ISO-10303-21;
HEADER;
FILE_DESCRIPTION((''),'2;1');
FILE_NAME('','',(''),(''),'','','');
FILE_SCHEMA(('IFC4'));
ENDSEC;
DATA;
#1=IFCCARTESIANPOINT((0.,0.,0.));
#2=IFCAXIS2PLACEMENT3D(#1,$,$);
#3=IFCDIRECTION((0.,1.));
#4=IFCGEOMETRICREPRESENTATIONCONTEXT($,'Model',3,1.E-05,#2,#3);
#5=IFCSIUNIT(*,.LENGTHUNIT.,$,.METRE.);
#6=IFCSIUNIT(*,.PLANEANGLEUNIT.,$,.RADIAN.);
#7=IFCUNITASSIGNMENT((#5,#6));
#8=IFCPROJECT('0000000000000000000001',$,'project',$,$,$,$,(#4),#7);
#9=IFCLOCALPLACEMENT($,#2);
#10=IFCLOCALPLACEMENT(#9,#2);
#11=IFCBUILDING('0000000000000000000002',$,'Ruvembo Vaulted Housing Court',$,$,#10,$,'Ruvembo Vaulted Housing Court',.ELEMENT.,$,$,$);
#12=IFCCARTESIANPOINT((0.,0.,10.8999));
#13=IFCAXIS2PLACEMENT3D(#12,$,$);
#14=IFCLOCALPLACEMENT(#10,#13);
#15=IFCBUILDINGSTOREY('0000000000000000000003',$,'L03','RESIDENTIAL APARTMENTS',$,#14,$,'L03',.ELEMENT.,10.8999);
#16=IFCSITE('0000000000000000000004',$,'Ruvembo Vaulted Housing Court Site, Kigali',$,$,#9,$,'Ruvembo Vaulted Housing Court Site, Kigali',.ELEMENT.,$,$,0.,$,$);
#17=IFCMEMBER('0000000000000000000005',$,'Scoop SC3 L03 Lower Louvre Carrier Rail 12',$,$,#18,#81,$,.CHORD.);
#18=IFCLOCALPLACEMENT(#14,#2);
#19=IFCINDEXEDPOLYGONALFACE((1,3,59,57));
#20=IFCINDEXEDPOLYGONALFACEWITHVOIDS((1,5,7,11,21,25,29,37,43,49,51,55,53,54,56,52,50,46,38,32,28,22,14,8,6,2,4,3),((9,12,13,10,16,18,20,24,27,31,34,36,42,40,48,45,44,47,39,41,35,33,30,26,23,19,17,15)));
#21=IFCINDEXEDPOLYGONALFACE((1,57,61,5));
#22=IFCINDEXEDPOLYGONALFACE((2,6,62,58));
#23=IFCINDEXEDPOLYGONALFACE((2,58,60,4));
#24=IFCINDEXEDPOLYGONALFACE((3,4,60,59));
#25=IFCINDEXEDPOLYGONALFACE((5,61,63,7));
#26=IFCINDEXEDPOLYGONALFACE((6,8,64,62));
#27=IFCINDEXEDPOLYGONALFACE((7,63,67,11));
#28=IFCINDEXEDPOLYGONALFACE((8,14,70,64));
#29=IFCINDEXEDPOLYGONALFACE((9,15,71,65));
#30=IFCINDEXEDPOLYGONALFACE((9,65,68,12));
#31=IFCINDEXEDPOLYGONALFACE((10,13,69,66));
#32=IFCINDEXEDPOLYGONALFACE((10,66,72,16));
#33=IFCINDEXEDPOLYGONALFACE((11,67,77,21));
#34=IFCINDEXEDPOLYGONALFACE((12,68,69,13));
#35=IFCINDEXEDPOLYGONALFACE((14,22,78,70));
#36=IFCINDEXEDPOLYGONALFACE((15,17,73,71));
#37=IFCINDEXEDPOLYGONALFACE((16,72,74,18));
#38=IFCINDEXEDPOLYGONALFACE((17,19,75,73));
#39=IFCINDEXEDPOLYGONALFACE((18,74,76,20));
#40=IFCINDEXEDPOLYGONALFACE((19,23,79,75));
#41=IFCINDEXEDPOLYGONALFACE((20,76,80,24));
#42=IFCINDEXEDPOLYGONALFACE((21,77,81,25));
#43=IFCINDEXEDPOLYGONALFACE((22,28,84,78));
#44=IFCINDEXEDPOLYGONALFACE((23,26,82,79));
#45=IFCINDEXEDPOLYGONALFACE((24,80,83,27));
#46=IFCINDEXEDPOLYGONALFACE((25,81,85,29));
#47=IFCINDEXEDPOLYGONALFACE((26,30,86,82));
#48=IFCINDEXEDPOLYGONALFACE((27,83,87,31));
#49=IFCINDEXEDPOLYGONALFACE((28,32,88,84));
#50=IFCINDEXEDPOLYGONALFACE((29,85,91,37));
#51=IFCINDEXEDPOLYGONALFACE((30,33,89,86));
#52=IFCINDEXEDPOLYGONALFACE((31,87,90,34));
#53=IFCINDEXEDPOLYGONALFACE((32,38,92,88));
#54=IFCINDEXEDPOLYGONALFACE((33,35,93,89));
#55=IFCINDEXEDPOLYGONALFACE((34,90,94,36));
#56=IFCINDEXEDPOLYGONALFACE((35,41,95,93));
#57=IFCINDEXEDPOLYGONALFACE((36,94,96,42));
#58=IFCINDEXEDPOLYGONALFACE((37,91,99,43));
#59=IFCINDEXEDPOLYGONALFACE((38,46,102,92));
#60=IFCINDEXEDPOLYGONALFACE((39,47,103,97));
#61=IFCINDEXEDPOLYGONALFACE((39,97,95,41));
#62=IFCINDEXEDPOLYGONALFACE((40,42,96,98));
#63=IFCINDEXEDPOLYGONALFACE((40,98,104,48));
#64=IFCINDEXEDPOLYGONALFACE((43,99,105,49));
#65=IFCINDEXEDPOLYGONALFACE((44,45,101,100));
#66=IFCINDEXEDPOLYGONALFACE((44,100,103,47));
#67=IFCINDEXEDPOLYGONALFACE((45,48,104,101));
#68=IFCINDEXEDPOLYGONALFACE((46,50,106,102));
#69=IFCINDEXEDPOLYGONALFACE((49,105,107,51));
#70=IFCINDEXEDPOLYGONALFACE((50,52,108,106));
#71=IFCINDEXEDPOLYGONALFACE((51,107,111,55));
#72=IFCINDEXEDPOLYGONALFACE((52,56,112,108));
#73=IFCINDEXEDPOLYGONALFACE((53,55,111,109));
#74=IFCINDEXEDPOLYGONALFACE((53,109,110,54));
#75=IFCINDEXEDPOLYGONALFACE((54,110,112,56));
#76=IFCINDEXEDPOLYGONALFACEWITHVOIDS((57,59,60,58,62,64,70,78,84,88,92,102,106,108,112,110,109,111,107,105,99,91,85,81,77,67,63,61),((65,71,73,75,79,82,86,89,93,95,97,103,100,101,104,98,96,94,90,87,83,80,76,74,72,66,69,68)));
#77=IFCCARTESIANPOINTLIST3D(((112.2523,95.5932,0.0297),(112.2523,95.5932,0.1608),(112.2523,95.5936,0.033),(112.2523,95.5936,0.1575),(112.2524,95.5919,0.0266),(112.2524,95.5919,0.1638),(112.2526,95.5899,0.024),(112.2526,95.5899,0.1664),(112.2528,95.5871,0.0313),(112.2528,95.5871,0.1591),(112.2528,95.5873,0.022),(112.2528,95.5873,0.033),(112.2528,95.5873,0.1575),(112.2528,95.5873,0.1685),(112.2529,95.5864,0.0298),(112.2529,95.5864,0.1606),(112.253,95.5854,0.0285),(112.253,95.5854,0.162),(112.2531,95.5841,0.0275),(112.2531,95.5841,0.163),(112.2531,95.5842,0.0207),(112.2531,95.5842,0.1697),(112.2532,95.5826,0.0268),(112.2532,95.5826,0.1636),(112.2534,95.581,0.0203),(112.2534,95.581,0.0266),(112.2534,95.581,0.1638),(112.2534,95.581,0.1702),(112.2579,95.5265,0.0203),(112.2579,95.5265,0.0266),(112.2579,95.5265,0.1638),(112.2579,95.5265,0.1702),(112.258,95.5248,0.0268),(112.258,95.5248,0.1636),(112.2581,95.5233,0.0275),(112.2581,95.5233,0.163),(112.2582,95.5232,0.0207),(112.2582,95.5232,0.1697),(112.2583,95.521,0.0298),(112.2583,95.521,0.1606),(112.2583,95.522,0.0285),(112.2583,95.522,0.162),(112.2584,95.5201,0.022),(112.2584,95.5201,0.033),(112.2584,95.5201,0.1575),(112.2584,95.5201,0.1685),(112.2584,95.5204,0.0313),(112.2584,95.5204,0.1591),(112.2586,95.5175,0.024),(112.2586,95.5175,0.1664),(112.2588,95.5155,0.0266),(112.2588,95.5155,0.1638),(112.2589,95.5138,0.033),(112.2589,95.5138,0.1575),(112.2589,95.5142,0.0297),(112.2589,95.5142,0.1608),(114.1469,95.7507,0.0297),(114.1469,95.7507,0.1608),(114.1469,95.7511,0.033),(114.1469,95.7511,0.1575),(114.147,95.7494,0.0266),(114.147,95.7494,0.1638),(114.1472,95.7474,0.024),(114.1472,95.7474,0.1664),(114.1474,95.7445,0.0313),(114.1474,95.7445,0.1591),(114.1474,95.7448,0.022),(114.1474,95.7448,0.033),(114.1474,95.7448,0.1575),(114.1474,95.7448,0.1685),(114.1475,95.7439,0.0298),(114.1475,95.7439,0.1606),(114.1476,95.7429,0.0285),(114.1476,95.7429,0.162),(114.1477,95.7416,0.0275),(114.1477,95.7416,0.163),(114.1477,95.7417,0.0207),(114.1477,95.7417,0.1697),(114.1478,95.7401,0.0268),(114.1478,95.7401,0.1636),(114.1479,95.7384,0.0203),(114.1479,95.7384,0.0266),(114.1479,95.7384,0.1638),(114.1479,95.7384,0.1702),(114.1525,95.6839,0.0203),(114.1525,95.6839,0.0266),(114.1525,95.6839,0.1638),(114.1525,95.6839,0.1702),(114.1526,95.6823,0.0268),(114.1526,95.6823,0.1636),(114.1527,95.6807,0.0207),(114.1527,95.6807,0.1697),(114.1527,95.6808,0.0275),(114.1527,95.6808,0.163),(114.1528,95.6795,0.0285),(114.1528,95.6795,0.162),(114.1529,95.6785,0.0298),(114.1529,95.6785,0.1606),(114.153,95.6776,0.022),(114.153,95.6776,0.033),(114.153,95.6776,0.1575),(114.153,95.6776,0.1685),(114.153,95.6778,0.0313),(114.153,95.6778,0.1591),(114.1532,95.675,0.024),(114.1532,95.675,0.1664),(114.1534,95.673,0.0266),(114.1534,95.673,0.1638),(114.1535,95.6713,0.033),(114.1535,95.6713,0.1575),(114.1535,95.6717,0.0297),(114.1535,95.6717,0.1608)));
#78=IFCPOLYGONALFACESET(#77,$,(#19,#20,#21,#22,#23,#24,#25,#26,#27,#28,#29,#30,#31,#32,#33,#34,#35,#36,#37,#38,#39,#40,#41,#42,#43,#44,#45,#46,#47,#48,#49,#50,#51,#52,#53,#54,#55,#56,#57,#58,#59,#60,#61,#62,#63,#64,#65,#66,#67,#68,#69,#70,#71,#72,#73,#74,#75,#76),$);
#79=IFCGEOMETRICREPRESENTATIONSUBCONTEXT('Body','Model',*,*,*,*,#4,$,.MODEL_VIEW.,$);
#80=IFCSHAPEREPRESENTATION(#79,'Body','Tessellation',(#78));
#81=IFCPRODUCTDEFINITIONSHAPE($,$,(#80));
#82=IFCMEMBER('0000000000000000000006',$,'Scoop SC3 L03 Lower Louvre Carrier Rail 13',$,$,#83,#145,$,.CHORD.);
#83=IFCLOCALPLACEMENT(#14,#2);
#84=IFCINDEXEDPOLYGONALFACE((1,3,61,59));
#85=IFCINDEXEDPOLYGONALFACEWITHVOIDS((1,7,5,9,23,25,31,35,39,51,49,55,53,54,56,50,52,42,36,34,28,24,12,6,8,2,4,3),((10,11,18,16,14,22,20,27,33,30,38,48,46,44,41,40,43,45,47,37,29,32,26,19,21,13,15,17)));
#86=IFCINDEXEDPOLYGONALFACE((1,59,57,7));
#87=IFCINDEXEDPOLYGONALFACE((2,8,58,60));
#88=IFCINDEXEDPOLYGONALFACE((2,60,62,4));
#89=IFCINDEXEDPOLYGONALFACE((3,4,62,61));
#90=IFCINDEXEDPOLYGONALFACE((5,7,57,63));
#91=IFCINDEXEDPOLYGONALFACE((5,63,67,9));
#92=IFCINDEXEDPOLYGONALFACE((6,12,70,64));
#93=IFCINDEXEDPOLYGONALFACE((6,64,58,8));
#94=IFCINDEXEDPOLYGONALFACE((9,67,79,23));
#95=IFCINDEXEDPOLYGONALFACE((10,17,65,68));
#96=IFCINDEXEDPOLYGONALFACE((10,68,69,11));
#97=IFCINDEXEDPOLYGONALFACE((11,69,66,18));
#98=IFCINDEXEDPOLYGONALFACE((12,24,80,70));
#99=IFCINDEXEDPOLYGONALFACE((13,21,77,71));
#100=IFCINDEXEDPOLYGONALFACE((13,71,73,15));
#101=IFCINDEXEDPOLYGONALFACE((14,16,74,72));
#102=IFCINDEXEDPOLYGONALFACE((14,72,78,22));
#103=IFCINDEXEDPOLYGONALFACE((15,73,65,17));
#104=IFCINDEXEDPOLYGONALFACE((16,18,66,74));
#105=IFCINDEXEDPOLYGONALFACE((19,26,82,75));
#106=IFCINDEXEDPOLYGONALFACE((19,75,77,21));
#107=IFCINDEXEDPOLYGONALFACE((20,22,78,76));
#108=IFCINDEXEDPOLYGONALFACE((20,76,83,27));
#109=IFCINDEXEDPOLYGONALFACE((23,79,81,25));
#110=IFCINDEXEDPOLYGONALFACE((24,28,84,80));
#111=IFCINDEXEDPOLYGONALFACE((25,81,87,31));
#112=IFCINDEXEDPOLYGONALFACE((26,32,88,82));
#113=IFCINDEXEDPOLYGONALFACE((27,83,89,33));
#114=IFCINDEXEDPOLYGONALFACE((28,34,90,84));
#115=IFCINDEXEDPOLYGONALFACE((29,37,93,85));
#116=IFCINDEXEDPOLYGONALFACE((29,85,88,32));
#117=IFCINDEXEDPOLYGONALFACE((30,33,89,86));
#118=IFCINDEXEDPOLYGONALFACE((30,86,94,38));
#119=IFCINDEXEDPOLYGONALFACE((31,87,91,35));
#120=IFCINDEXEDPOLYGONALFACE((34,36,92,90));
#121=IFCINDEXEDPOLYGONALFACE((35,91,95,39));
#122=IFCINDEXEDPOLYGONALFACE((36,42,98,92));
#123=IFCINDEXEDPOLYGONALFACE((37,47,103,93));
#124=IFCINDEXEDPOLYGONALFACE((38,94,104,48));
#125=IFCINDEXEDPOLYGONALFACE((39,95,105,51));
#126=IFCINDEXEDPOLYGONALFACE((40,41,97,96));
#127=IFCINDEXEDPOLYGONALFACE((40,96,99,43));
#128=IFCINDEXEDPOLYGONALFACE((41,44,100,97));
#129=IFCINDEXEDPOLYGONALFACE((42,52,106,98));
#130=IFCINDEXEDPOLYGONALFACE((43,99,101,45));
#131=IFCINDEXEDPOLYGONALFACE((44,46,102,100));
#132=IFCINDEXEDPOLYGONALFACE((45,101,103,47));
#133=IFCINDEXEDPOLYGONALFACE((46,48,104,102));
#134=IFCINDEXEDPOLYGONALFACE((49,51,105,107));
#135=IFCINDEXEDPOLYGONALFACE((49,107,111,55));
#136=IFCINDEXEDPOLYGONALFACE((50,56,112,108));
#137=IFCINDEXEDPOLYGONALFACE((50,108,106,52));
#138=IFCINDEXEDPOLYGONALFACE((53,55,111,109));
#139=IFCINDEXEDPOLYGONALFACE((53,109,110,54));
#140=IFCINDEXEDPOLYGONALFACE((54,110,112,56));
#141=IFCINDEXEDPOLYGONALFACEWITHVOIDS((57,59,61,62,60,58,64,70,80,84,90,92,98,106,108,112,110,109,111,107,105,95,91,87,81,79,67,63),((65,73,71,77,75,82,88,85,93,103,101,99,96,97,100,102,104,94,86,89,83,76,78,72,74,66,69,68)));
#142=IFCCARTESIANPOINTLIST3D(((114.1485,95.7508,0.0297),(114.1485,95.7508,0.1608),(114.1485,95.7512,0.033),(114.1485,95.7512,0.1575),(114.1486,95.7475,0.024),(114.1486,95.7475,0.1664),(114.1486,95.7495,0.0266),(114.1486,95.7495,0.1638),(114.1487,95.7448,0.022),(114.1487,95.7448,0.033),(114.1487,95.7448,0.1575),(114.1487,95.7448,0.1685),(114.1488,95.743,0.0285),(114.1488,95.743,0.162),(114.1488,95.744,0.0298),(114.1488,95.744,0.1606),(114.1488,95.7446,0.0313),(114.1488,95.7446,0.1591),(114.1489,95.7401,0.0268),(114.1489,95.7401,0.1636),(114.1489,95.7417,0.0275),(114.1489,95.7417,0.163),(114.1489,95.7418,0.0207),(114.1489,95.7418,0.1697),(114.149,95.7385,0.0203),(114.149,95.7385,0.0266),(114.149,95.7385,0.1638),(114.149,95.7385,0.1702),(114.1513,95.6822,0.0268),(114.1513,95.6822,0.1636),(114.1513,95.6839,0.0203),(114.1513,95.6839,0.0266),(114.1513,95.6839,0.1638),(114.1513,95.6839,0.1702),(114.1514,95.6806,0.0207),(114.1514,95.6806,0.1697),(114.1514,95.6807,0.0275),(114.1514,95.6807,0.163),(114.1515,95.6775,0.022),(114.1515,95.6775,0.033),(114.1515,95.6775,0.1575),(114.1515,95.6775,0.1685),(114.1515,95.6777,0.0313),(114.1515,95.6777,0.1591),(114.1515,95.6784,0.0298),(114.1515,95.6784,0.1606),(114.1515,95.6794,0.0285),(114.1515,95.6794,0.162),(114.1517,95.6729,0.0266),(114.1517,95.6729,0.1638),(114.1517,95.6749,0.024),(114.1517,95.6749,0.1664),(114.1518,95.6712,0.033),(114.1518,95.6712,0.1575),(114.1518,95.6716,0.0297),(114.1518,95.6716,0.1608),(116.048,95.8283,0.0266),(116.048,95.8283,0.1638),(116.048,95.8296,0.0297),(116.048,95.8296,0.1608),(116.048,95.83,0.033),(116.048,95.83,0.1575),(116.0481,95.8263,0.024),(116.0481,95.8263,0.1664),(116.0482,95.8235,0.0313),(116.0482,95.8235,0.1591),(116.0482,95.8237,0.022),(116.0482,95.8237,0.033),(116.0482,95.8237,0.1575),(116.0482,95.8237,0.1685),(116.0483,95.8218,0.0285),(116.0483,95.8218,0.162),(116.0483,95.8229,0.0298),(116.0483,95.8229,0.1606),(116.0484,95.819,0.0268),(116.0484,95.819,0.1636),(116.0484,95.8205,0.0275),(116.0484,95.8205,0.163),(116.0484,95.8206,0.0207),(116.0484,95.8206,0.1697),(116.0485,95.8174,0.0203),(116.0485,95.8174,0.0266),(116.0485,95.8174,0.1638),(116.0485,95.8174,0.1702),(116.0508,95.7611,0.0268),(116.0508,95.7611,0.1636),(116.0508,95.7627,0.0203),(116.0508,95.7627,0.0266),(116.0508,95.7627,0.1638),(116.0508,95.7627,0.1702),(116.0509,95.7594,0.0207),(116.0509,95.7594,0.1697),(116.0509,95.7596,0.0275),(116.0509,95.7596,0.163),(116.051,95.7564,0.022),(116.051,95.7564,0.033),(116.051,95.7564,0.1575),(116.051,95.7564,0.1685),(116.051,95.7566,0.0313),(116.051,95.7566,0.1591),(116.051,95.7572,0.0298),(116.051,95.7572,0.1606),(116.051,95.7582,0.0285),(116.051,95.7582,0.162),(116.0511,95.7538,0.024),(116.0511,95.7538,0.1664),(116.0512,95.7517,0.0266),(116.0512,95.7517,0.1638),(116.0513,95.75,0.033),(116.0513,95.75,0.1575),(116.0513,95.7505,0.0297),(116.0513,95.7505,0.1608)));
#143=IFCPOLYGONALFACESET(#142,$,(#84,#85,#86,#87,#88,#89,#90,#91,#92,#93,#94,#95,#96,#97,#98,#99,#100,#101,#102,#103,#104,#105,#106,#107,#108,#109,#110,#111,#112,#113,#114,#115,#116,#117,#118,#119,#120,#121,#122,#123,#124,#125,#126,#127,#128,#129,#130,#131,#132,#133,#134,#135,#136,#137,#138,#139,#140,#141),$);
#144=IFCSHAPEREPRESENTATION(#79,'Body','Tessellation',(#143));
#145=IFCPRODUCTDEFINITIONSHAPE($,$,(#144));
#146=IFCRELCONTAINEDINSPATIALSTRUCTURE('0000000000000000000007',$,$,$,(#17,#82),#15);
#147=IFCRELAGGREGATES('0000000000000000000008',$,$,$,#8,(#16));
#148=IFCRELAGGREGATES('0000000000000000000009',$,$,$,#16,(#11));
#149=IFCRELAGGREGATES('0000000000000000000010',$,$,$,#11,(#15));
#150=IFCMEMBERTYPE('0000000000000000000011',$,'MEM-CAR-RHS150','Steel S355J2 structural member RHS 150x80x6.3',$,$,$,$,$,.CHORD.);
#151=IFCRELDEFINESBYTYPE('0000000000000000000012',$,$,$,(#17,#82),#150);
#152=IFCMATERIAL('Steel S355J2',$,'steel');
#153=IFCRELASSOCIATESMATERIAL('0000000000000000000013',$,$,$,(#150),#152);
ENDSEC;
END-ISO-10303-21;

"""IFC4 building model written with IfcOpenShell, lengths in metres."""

from ifc_helpers import new_model, si_unit, direction, frame, origin, origin_2d, place, context, subcontext, project, spatial, hollow_rectangle, extrude, material, material_profile, profile_set, type_object, element, save


model = new_model("IFC4")

# Units and contexts
model_context = context("Model", 3, precision=1e-05, world=origin(), true_north=direction((0.0, 1.0)))
body_context = subcontext(model_context, "Body", "Model", "MODEL_VIEW")
ifc_project = project(units=[si_unit("LENGTHUNIT", "METRE"), si_unit("PLANEANGLEUNIT", "RADIAN")], contexts=[model_context])

# Site, building, storey
site_placement = place(None, origin())
site = spatial("IfcSite", under=ifc_project, at=site_placement, Name="Ruvembo Vaulted Housing Court Site, Kigali", LongName="Ruvembo Vaulted Housing Court Site, Kigali", CompositionType="ELEMENT", RefElevation=0.0)
building_placement = place(site_placement, origin())
building = spatial("IfcBuilding", under=site, at=building_placement, Name="Ruvembo Vaulted Housing Court", LongName="Ruvembo Vaulted Housing Court", CompositionType="ELEMENT")
storey_placement = place(building_placement, frame((0.0, 0.0, 10.8999)))
storey = spatial("IfcBuildingStorey", under=building, at=storey_placement, Name="L03", Description="RESIDENTIAL APARTMENTS", LongName="L03", CompositionType="ELEMENT", Elevation=10.8999)

# Shared definitions
ifc_material_1 = material(Name="Steel S355J2", Category="steel")

# Members
ifc_material_profile_1 = material_profile(ifc_material_1, hollow_rectangle(XDim=0.0801, YDim=0.1499, WallThickness=0.0063, InnerFilletRadius=0.0063, OuterFilletRadius=0.0127, at=origin_2d()), Name="RHS 150x80x6.3")
ifc_profile_set_1 = profile_set([ifc_material_profile_1], Name="Steel S355J2")
member_type_1 = type_object("IfcMemberType", Name="MEM-CAR-RHS150", Description="Steel S355J2 structural member RHS 150x80x6.3", PredefinedType="CHORD", material=ifc_profile_set_1)
for number, where, z_axis, x_axis, name in (
    (1, (112.2556, 95.5537, 0.0952), (0.996563, 0.082833, 0.0), (-0.082833, 0.996563, 0.0), "Scoop SC3 L03 Lower Louvre Carrier Rail 12"),
    (2, (114.1501, 95.7112, 0.0952), (0.999139, 0.041481, 0.0), (-0.041481, 0.999139, 0.0), "Scoop SC3 L03 Lower Louvre Carrier Rail 13"),
):
    element("IfcMember", number, at=place(storey_placement, frame(where, z_axis=z_axis, x_axis=x_axis)), inside=storey, type_object=member_type_1, Name=name, PredefinedType="CHORD", context=body_context, shape_type="SweptSolid", body=[
        extrude(hollow_rectangle(XDim=0.0801, YDim=0.1499, WallThickness=0.0063, InnerFilletRadius=0.0063, OuterFilletRadius=0.0127, at=origin_2d()), origin(), (0.0, 0.0, 1.0), 1.9011),
    ])

save(model, "model.ifc")
